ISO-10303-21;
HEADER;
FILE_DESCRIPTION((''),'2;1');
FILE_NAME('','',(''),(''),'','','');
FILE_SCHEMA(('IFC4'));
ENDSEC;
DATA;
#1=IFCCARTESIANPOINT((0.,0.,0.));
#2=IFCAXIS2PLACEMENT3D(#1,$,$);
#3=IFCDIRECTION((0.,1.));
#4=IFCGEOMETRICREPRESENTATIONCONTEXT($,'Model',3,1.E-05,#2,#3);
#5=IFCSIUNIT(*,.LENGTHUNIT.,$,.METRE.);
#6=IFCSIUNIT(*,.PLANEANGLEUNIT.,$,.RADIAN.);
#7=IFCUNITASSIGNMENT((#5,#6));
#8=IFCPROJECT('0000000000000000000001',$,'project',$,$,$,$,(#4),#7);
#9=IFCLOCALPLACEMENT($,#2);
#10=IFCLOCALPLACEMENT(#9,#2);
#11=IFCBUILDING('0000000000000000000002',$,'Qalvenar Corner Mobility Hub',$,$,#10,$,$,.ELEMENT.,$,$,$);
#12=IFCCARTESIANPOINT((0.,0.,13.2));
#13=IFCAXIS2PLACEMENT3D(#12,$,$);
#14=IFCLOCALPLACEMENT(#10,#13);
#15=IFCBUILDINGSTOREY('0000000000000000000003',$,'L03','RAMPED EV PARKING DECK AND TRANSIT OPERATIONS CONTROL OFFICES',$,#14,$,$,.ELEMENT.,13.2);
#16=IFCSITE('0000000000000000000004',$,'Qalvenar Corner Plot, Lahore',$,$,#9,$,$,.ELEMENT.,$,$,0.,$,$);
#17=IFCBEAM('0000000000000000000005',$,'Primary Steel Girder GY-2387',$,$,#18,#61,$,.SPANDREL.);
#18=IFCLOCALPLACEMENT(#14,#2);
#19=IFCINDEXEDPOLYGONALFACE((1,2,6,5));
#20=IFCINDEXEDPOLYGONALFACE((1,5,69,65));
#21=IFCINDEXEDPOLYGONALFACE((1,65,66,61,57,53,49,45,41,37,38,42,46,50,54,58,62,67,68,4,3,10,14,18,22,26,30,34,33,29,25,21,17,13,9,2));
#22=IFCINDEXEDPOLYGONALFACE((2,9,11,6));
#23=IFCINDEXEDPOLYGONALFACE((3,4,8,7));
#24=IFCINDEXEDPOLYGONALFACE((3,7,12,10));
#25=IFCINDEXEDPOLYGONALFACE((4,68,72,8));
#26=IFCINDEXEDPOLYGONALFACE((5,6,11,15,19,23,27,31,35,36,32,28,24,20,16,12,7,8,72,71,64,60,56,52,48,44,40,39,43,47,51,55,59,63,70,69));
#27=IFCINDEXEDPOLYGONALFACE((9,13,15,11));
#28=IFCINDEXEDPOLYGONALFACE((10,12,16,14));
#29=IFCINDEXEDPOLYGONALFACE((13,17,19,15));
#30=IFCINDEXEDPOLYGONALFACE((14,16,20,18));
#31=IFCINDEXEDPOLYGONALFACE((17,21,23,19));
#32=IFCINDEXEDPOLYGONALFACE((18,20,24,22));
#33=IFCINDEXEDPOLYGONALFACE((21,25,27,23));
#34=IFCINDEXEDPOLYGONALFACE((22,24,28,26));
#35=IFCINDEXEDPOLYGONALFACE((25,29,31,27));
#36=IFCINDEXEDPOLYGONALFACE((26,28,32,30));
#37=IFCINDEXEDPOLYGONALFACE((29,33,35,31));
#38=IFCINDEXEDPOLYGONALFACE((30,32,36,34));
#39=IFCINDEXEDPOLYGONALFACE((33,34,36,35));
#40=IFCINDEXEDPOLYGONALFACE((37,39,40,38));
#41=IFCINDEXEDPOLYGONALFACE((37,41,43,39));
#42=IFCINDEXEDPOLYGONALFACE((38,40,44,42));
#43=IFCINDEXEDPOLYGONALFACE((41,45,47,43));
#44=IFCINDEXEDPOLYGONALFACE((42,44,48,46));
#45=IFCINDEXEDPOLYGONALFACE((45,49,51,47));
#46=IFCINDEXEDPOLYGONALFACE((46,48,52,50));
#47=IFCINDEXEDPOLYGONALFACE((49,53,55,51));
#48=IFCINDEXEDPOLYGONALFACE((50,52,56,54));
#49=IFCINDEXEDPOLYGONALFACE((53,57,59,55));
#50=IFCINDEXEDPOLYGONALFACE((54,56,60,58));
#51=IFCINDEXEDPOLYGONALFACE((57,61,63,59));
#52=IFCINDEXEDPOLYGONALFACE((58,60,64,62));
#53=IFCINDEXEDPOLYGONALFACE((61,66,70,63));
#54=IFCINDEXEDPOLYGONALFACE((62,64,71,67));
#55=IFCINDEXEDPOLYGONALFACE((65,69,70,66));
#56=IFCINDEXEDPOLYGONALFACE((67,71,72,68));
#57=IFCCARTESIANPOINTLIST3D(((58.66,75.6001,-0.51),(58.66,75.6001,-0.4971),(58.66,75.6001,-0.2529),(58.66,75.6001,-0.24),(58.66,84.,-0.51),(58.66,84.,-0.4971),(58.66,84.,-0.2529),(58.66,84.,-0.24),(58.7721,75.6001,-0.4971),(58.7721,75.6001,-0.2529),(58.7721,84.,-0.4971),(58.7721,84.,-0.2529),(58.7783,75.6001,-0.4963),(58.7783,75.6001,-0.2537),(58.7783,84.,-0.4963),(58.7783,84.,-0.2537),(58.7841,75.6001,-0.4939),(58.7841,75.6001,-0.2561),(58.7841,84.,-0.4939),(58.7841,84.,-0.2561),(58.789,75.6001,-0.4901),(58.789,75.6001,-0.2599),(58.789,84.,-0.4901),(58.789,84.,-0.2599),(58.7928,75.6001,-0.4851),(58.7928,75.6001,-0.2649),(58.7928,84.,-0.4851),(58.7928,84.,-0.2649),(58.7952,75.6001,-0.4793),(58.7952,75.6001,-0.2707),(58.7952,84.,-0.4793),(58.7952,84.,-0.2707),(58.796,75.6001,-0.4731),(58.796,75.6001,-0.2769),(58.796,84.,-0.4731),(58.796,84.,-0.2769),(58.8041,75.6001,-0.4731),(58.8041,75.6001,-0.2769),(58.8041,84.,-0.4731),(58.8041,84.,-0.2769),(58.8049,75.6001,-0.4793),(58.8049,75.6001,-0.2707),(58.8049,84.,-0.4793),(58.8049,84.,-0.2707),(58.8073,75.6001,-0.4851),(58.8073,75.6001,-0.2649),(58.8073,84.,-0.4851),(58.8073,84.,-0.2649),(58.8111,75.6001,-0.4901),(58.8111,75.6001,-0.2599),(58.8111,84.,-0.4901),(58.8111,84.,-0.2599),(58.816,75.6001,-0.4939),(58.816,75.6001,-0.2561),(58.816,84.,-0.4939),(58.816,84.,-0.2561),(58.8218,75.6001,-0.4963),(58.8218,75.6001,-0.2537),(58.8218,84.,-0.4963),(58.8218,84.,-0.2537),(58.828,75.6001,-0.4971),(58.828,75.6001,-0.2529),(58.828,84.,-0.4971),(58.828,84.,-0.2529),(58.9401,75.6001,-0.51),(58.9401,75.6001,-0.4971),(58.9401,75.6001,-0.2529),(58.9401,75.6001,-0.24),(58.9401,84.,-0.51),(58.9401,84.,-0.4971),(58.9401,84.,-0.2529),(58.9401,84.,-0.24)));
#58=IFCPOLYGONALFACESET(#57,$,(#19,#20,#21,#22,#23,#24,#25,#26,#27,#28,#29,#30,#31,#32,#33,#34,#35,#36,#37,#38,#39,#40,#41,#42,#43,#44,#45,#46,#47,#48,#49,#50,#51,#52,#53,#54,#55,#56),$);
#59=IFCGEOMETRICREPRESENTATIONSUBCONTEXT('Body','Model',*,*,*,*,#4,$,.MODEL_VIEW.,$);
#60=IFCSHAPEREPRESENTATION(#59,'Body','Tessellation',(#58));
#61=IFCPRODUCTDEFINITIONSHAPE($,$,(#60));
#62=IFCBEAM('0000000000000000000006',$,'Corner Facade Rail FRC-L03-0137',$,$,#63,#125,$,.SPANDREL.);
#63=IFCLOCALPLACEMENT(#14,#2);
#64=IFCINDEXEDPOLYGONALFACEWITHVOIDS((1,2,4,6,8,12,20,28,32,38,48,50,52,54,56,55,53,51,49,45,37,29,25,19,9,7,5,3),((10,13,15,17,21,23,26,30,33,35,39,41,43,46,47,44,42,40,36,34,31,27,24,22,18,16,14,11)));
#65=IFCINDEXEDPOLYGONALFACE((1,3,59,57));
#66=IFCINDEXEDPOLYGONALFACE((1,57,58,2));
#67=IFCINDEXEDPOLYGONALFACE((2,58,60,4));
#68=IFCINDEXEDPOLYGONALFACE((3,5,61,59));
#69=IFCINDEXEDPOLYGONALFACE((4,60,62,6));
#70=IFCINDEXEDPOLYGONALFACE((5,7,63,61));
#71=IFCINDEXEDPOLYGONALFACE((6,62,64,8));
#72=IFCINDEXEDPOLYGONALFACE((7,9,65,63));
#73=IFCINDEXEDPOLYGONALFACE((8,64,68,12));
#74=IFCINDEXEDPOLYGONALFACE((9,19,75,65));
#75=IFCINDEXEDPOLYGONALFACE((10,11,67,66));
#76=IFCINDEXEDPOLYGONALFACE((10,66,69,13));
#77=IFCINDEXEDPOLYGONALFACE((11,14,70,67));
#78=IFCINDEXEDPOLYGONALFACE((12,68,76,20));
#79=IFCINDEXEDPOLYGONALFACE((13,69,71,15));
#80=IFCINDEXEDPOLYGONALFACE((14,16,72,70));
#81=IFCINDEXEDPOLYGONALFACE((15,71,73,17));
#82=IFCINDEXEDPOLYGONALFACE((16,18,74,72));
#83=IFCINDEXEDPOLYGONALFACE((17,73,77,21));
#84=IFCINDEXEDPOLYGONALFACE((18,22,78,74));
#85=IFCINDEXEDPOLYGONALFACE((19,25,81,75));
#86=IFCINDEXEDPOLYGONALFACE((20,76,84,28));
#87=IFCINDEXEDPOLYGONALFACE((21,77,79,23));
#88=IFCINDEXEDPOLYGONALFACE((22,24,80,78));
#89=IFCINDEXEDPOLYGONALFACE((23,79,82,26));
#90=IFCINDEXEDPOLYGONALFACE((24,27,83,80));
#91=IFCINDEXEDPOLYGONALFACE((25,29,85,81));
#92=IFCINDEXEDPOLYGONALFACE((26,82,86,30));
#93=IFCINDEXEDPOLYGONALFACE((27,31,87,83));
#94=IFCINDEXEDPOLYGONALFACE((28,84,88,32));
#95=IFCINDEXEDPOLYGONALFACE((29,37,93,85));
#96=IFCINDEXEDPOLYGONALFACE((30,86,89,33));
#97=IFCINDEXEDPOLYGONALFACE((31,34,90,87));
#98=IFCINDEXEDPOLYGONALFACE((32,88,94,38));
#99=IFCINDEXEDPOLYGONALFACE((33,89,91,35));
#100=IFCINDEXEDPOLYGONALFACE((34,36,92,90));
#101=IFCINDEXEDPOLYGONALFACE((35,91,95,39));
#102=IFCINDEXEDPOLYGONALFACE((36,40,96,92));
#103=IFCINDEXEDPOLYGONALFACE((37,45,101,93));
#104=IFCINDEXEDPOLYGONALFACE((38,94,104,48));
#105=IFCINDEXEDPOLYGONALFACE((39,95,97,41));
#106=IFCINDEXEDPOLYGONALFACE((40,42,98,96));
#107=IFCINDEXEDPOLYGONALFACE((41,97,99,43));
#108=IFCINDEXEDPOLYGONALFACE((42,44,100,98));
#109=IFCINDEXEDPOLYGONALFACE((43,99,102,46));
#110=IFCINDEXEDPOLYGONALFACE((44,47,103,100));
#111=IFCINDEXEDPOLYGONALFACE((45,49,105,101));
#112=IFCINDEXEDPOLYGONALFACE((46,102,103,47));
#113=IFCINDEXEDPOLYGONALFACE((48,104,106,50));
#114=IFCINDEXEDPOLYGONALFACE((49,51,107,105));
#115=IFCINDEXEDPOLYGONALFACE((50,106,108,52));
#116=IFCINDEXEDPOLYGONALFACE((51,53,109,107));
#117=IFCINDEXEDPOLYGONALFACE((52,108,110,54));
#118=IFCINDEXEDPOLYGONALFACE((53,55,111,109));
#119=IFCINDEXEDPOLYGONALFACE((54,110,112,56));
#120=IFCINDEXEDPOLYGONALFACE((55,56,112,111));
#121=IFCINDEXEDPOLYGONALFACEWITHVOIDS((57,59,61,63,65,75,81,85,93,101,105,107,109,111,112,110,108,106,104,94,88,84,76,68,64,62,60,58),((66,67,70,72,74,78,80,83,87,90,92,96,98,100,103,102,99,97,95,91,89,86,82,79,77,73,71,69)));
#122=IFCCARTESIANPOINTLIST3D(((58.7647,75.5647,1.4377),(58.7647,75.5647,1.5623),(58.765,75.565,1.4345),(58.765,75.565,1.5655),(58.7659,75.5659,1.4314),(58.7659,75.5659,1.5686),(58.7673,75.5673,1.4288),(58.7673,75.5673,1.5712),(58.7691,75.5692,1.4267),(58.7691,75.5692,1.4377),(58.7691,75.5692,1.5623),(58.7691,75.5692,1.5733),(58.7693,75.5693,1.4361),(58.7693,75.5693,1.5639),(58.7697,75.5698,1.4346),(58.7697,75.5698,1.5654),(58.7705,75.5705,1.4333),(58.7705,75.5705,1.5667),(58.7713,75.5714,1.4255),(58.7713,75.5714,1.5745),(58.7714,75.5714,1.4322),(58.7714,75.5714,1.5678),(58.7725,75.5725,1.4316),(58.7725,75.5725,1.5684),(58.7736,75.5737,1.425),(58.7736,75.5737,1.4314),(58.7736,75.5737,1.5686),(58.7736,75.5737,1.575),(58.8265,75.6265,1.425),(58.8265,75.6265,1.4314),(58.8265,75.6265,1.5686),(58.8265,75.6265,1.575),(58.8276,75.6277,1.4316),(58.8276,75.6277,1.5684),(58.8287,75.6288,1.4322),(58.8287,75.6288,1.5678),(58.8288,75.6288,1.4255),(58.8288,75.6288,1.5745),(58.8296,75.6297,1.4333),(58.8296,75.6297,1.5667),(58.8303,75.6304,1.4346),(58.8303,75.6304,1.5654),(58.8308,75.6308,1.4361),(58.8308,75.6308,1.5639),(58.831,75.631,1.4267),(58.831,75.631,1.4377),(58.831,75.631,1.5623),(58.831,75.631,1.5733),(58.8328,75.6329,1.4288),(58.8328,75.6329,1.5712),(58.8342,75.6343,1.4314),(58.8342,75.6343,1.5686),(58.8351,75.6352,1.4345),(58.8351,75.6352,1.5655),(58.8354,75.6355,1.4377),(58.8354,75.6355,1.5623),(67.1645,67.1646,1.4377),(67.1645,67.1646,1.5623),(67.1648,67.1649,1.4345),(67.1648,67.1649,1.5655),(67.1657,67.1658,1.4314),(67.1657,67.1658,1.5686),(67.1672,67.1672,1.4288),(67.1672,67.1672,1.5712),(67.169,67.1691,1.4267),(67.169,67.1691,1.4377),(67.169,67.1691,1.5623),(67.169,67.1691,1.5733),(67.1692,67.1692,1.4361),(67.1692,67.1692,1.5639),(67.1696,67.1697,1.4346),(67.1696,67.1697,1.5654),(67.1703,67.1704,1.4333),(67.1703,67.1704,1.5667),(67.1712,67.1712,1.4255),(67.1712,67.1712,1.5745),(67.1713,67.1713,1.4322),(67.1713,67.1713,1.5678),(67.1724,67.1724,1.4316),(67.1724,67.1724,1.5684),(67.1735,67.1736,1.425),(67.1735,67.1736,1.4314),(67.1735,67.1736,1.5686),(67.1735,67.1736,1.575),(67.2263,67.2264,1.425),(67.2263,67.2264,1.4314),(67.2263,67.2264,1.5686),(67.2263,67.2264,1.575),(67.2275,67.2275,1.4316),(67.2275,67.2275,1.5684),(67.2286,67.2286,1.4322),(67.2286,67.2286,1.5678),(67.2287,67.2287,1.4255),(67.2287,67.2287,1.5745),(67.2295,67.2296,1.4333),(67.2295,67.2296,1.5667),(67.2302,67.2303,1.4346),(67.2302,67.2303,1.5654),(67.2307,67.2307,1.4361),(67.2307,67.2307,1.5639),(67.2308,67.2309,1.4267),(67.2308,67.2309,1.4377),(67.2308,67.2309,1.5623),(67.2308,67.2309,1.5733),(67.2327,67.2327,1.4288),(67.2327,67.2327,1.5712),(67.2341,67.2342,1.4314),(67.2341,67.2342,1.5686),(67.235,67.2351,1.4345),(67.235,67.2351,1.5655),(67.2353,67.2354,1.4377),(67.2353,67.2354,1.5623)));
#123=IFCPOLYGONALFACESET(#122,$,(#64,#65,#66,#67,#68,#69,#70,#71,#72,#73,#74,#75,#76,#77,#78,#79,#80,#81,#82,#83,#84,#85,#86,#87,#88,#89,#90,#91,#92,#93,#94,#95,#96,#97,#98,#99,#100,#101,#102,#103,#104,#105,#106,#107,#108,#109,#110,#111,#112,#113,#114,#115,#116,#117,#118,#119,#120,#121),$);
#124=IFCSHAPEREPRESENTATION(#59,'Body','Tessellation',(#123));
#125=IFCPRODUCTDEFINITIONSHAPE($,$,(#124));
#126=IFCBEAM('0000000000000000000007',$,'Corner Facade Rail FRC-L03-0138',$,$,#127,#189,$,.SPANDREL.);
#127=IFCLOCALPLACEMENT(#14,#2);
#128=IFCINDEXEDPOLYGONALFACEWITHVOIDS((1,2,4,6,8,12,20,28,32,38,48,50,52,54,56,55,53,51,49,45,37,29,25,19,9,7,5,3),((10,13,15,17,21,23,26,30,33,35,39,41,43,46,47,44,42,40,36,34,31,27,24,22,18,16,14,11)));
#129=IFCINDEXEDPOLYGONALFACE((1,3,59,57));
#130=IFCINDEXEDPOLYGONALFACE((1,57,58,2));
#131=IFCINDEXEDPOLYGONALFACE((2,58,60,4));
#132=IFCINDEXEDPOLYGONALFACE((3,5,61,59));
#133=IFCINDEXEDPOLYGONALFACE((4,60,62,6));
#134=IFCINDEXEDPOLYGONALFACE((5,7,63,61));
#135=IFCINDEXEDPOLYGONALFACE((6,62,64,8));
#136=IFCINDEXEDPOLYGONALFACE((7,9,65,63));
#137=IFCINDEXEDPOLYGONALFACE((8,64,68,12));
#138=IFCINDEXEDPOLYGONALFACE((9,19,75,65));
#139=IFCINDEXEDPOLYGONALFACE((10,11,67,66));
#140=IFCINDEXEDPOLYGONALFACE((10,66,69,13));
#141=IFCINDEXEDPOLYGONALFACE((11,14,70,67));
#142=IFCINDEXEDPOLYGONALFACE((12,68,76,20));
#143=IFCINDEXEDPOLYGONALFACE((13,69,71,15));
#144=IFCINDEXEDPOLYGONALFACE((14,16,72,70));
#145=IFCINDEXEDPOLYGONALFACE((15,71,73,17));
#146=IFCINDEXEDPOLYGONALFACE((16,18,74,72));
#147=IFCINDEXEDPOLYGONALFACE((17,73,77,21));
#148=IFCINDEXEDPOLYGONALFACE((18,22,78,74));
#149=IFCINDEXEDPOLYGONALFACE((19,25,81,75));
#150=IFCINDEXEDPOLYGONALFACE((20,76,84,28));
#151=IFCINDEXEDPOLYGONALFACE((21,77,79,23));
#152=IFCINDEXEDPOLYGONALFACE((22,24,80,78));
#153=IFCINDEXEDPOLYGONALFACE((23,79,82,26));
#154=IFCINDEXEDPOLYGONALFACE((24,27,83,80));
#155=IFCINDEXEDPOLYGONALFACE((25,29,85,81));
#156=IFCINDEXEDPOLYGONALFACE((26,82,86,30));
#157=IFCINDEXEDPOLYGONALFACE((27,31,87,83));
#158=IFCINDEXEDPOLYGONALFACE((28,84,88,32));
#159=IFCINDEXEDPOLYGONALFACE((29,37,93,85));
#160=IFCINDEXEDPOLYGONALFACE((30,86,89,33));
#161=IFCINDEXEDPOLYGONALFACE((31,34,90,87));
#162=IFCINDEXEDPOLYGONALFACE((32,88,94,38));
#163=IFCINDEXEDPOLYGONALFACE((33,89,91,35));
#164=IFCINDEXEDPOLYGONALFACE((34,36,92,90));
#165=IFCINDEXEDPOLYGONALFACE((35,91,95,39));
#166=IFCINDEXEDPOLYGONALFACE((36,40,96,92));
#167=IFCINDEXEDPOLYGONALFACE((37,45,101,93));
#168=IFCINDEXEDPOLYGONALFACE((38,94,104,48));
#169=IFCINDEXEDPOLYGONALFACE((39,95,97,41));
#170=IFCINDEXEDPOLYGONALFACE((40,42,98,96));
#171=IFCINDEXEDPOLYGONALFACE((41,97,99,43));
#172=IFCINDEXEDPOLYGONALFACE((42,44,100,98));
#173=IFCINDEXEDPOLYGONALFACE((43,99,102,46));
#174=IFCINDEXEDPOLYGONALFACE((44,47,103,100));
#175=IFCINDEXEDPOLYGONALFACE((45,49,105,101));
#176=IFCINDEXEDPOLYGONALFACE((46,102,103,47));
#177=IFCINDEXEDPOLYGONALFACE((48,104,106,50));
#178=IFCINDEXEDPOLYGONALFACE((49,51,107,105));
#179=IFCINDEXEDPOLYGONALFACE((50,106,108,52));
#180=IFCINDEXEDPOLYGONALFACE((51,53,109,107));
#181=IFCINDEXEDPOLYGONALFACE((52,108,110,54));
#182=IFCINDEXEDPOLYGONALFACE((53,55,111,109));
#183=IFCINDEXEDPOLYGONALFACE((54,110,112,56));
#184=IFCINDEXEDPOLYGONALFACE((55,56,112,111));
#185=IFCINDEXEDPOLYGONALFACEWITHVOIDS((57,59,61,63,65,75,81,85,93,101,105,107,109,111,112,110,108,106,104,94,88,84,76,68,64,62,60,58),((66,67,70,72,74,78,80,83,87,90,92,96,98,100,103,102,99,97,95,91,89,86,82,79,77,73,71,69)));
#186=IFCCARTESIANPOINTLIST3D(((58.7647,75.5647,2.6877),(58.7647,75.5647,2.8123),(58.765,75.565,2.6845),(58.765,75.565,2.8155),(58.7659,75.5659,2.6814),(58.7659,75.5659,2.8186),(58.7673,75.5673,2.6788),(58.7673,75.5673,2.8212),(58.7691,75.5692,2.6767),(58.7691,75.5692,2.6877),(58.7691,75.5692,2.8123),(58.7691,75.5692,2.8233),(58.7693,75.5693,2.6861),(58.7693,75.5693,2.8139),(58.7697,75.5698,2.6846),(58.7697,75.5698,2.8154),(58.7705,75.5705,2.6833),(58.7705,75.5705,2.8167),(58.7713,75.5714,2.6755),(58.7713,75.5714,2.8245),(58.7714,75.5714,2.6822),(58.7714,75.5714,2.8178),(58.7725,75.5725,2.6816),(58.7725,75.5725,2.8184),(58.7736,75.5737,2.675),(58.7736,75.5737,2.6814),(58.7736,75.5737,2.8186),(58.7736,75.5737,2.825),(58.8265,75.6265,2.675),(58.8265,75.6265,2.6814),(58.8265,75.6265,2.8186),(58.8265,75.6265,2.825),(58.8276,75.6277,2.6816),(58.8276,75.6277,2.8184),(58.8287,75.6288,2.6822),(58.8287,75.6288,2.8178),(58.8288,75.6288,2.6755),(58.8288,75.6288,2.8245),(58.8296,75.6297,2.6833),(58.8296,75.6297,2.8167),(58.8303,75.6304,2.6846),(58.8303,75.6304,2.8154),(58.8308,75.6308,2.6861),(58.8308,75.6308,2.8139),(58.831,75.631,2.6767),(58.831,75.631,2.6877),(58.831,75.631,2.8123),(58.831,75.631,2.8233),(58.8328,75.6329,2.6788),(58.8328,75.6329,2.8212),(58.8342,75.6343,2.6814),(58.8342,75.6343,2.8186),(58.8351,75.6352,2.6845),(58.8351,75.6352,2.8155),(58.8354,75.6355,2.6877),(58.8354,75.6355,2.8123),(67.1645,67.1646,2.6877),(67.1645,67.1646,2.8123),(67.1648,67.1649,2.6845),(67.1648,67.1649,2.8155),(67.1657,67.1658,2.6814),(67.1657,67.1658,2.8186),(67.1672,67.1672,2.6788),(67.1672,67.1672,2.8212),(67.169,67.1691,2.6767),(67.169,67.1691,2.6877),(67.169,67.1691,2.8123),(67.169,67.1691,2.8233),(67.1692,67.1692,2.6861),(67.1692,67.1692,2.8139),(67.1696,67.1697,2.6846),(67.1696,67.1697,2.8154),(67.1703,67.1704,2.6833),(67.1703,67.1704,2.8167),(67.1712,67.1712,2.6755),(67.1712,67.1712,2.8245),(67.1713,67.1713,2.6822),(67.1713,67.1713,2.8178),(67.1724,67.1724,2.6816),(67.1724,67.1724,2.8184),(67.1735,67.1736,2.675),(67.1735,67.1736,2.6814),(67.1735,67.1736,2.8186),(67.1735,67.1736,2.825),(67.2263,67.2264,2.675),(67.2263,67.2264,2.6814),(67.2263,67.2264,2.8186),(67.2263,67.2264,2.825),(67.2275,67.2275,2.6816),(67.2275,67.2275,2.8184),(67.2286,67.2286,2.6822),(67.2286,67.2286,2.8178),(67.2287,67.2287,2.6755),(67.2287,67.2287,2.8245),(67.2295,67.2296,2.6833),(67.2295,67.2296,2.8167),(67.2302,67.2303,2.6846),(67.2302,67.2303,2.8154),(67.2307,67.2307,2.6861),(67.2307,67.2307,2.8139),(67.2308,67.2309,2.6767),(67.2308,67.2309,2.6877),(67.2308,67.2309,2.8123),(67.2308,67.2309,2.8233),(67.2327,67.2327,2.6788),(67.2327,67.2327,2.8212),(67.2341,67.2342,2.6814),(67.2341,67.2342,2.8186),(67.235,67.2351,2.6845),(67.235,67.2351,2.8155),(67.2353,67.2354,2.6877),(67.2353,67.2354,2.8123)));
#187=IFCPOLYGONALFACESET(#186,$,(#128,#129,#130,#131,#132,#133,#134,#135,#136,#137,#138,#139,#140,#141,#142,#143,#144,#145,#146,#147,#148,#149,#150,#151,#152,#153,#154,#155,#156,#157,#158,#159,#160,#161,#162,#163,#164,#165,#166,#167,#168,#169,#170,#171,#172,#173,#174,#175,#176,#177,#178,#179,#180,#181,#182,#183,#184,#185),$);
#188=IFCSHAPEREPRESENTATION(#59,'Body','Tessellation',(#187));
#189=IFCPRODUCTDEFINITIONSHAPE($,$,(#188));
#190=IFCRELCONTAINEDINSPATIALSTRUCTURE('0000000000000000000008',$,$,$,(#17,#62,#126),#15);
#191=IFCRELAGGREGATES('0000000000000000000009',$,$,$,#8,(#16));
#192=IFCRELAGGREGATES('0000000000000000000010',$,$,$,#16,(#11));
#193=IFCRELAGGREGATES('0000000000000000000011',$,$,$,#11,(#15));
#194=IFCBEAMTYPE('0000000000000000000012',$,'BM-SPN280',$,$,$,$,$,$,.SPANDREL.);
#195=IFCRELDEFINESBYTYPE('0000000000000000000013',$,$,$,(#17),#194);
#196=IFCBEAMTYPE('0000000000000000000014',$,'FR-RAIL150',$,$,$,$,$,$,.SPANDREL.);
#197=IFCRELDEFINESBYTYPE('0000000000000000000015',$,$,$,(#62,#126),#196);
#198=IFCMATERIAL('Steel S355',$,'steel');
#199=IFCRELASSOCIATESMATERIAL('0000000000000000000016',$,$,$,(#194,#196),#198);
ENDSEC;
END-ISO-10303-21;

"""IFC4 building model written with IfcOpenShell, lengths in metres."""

from ifc_helpers import new_model, si_unit, direction, frame, origin, origin_2d, place, context, subcontext, project, spatial, hollow_rectangle, i_section, extrude, material, material_profile, profile_set, type_object, element, save


model = new_model("IFC4")

# Units and contexts
model_context = context("Model", 3, precision=1e-05, world=origin(), true_north=direction((0.0, 1.0)))
body_context = subcontext(model_context, "Body", "Model", "MODEL_VIEW")
ifc_project = project(units=[si_unit("LENGTHUNIT", "METRE"), si_unit("PLANEANGLEUNIT", "RADIAN")], contexts=[model_context])

# Site, building, storey
site_placement = place(None, origin())
site = spatial("IfcSite", under=ifc_project, at=site_placement, Name="Qalvenar Corner Plot, Lahore", CompositionType="ELEMENT", RefElevation=0.0)
building_placement = place(site_placement, origin())
building = spatial("IfcBuilding", under=site, at=building_placement, Name="Qalvenar Corner Mobility Hub", CompositionType="ELEMENT")
storey_placement = place(building_placement, frame((0.0, 0.0, 13.2)))
storey = spatial("IfcBuildingStorey", under=building, at=storey_placement, Name="L03", Description="RAMPED EV PARKING DECK AND TRANSIT OPERATIONS CONTROL OFFICES", CompositionType="ELEMENT", Elevation=13.2)

# Shared definitions
ifc_material_1 = material(Name="Steel S355", Category="steel")

# Beams
ifc_material_profile_1 = material_profile(ifc_material_1, i_section(OverallWidth=0.28, OverallDepth=0.27, WebThickness=0.0081, FlangeThickness=0.0129, FilletRadius=0.0239, at=origin_2d()), Name="HEA280")
ifc_profile_set_1 = profile_set([ifc_material_profile_1], Name="Steel S355")
beam_type_1 = type_object("IfcBeamType", Name="BM-SPN280", PredefinedType="SPANDREL", material=ifc_profile_set_1)
beam_1_placement = place(storey_placement, frame((58.8, 75.6001, -0.375), z_axis=(0.0, 1.0, 0.0), x_axis=(-1.0, 0.0, 0.0)))
element("IfcBeam", 1, at=beam_1_placement, inside=storey, type_object=beam_type_1, Name="Primary Steel Girder GY-2387", PredefinedType="SPANDREL", context=body_context, shape_type="SweptSolid", body=[
    extrude(i_section(OverallWidth=0.28, OverallDepth=0.27, WebThickness=0.0081, FlangeThickness=0.0129, FilletRadius=0.0239, at=origin_2d()), origin(), (0.0, 0.0, 1.0), 8.3999),
])
ifc_material_profile_2 = material_profile(ifc_material_1, hollow_rectangle(XDim=0.1001, YDim=0.1499, WallThickness=0.0063, InnerFilletRadius=0.0063, OuterFilletRadius=0.0127, at=origin_2d()), Name="RHS150x100x6.3")
ifc_profile_set_2 = profile_set([ifc_material_profile_2], Name="Steel S355")
beam_type_2 = type_object("IfcBeamType", Name="FR-RAIL150", PredefinedType="SPANDREL", material=ifc_profile_set_2)
for number, where, z_axis, x_axis, name in (
    (2, (58.8, 75.6001, 1.5), (0.707097, -0.707117, 0.0), (0.707117, 0.707097, 0.0), "Corner Facade Rail FRC-L03-0137"),
    (3, (58.8, 75.6001, 2.75), (0.707097, -0.707117, 0.0), (0.707117, 0.707097, 0.0), "Corner Facade Rail FRC-L03-0138"),
):
    element("IfcBeam", number, at=place(storey_placement, frame(where, z_axis=z_axis, x_axis=x_axis)), inside=storey, type_object=beam_type_2, Name=name, PredefinedType="SPANDREL", context=body_context, shape_type="SweptSolid", body=[
        extrude(hollow_rectangle(XDim=0.1001, YDim=0.1499, WallThickness=0.0063, InnerFilletRadius=0.0063, OuterFilletRadius=0.0127, at=origin_2d()), origin(), (0.0, 0.0, 1.0), 11.8794),
    ])

save(model, "model.ifc")
